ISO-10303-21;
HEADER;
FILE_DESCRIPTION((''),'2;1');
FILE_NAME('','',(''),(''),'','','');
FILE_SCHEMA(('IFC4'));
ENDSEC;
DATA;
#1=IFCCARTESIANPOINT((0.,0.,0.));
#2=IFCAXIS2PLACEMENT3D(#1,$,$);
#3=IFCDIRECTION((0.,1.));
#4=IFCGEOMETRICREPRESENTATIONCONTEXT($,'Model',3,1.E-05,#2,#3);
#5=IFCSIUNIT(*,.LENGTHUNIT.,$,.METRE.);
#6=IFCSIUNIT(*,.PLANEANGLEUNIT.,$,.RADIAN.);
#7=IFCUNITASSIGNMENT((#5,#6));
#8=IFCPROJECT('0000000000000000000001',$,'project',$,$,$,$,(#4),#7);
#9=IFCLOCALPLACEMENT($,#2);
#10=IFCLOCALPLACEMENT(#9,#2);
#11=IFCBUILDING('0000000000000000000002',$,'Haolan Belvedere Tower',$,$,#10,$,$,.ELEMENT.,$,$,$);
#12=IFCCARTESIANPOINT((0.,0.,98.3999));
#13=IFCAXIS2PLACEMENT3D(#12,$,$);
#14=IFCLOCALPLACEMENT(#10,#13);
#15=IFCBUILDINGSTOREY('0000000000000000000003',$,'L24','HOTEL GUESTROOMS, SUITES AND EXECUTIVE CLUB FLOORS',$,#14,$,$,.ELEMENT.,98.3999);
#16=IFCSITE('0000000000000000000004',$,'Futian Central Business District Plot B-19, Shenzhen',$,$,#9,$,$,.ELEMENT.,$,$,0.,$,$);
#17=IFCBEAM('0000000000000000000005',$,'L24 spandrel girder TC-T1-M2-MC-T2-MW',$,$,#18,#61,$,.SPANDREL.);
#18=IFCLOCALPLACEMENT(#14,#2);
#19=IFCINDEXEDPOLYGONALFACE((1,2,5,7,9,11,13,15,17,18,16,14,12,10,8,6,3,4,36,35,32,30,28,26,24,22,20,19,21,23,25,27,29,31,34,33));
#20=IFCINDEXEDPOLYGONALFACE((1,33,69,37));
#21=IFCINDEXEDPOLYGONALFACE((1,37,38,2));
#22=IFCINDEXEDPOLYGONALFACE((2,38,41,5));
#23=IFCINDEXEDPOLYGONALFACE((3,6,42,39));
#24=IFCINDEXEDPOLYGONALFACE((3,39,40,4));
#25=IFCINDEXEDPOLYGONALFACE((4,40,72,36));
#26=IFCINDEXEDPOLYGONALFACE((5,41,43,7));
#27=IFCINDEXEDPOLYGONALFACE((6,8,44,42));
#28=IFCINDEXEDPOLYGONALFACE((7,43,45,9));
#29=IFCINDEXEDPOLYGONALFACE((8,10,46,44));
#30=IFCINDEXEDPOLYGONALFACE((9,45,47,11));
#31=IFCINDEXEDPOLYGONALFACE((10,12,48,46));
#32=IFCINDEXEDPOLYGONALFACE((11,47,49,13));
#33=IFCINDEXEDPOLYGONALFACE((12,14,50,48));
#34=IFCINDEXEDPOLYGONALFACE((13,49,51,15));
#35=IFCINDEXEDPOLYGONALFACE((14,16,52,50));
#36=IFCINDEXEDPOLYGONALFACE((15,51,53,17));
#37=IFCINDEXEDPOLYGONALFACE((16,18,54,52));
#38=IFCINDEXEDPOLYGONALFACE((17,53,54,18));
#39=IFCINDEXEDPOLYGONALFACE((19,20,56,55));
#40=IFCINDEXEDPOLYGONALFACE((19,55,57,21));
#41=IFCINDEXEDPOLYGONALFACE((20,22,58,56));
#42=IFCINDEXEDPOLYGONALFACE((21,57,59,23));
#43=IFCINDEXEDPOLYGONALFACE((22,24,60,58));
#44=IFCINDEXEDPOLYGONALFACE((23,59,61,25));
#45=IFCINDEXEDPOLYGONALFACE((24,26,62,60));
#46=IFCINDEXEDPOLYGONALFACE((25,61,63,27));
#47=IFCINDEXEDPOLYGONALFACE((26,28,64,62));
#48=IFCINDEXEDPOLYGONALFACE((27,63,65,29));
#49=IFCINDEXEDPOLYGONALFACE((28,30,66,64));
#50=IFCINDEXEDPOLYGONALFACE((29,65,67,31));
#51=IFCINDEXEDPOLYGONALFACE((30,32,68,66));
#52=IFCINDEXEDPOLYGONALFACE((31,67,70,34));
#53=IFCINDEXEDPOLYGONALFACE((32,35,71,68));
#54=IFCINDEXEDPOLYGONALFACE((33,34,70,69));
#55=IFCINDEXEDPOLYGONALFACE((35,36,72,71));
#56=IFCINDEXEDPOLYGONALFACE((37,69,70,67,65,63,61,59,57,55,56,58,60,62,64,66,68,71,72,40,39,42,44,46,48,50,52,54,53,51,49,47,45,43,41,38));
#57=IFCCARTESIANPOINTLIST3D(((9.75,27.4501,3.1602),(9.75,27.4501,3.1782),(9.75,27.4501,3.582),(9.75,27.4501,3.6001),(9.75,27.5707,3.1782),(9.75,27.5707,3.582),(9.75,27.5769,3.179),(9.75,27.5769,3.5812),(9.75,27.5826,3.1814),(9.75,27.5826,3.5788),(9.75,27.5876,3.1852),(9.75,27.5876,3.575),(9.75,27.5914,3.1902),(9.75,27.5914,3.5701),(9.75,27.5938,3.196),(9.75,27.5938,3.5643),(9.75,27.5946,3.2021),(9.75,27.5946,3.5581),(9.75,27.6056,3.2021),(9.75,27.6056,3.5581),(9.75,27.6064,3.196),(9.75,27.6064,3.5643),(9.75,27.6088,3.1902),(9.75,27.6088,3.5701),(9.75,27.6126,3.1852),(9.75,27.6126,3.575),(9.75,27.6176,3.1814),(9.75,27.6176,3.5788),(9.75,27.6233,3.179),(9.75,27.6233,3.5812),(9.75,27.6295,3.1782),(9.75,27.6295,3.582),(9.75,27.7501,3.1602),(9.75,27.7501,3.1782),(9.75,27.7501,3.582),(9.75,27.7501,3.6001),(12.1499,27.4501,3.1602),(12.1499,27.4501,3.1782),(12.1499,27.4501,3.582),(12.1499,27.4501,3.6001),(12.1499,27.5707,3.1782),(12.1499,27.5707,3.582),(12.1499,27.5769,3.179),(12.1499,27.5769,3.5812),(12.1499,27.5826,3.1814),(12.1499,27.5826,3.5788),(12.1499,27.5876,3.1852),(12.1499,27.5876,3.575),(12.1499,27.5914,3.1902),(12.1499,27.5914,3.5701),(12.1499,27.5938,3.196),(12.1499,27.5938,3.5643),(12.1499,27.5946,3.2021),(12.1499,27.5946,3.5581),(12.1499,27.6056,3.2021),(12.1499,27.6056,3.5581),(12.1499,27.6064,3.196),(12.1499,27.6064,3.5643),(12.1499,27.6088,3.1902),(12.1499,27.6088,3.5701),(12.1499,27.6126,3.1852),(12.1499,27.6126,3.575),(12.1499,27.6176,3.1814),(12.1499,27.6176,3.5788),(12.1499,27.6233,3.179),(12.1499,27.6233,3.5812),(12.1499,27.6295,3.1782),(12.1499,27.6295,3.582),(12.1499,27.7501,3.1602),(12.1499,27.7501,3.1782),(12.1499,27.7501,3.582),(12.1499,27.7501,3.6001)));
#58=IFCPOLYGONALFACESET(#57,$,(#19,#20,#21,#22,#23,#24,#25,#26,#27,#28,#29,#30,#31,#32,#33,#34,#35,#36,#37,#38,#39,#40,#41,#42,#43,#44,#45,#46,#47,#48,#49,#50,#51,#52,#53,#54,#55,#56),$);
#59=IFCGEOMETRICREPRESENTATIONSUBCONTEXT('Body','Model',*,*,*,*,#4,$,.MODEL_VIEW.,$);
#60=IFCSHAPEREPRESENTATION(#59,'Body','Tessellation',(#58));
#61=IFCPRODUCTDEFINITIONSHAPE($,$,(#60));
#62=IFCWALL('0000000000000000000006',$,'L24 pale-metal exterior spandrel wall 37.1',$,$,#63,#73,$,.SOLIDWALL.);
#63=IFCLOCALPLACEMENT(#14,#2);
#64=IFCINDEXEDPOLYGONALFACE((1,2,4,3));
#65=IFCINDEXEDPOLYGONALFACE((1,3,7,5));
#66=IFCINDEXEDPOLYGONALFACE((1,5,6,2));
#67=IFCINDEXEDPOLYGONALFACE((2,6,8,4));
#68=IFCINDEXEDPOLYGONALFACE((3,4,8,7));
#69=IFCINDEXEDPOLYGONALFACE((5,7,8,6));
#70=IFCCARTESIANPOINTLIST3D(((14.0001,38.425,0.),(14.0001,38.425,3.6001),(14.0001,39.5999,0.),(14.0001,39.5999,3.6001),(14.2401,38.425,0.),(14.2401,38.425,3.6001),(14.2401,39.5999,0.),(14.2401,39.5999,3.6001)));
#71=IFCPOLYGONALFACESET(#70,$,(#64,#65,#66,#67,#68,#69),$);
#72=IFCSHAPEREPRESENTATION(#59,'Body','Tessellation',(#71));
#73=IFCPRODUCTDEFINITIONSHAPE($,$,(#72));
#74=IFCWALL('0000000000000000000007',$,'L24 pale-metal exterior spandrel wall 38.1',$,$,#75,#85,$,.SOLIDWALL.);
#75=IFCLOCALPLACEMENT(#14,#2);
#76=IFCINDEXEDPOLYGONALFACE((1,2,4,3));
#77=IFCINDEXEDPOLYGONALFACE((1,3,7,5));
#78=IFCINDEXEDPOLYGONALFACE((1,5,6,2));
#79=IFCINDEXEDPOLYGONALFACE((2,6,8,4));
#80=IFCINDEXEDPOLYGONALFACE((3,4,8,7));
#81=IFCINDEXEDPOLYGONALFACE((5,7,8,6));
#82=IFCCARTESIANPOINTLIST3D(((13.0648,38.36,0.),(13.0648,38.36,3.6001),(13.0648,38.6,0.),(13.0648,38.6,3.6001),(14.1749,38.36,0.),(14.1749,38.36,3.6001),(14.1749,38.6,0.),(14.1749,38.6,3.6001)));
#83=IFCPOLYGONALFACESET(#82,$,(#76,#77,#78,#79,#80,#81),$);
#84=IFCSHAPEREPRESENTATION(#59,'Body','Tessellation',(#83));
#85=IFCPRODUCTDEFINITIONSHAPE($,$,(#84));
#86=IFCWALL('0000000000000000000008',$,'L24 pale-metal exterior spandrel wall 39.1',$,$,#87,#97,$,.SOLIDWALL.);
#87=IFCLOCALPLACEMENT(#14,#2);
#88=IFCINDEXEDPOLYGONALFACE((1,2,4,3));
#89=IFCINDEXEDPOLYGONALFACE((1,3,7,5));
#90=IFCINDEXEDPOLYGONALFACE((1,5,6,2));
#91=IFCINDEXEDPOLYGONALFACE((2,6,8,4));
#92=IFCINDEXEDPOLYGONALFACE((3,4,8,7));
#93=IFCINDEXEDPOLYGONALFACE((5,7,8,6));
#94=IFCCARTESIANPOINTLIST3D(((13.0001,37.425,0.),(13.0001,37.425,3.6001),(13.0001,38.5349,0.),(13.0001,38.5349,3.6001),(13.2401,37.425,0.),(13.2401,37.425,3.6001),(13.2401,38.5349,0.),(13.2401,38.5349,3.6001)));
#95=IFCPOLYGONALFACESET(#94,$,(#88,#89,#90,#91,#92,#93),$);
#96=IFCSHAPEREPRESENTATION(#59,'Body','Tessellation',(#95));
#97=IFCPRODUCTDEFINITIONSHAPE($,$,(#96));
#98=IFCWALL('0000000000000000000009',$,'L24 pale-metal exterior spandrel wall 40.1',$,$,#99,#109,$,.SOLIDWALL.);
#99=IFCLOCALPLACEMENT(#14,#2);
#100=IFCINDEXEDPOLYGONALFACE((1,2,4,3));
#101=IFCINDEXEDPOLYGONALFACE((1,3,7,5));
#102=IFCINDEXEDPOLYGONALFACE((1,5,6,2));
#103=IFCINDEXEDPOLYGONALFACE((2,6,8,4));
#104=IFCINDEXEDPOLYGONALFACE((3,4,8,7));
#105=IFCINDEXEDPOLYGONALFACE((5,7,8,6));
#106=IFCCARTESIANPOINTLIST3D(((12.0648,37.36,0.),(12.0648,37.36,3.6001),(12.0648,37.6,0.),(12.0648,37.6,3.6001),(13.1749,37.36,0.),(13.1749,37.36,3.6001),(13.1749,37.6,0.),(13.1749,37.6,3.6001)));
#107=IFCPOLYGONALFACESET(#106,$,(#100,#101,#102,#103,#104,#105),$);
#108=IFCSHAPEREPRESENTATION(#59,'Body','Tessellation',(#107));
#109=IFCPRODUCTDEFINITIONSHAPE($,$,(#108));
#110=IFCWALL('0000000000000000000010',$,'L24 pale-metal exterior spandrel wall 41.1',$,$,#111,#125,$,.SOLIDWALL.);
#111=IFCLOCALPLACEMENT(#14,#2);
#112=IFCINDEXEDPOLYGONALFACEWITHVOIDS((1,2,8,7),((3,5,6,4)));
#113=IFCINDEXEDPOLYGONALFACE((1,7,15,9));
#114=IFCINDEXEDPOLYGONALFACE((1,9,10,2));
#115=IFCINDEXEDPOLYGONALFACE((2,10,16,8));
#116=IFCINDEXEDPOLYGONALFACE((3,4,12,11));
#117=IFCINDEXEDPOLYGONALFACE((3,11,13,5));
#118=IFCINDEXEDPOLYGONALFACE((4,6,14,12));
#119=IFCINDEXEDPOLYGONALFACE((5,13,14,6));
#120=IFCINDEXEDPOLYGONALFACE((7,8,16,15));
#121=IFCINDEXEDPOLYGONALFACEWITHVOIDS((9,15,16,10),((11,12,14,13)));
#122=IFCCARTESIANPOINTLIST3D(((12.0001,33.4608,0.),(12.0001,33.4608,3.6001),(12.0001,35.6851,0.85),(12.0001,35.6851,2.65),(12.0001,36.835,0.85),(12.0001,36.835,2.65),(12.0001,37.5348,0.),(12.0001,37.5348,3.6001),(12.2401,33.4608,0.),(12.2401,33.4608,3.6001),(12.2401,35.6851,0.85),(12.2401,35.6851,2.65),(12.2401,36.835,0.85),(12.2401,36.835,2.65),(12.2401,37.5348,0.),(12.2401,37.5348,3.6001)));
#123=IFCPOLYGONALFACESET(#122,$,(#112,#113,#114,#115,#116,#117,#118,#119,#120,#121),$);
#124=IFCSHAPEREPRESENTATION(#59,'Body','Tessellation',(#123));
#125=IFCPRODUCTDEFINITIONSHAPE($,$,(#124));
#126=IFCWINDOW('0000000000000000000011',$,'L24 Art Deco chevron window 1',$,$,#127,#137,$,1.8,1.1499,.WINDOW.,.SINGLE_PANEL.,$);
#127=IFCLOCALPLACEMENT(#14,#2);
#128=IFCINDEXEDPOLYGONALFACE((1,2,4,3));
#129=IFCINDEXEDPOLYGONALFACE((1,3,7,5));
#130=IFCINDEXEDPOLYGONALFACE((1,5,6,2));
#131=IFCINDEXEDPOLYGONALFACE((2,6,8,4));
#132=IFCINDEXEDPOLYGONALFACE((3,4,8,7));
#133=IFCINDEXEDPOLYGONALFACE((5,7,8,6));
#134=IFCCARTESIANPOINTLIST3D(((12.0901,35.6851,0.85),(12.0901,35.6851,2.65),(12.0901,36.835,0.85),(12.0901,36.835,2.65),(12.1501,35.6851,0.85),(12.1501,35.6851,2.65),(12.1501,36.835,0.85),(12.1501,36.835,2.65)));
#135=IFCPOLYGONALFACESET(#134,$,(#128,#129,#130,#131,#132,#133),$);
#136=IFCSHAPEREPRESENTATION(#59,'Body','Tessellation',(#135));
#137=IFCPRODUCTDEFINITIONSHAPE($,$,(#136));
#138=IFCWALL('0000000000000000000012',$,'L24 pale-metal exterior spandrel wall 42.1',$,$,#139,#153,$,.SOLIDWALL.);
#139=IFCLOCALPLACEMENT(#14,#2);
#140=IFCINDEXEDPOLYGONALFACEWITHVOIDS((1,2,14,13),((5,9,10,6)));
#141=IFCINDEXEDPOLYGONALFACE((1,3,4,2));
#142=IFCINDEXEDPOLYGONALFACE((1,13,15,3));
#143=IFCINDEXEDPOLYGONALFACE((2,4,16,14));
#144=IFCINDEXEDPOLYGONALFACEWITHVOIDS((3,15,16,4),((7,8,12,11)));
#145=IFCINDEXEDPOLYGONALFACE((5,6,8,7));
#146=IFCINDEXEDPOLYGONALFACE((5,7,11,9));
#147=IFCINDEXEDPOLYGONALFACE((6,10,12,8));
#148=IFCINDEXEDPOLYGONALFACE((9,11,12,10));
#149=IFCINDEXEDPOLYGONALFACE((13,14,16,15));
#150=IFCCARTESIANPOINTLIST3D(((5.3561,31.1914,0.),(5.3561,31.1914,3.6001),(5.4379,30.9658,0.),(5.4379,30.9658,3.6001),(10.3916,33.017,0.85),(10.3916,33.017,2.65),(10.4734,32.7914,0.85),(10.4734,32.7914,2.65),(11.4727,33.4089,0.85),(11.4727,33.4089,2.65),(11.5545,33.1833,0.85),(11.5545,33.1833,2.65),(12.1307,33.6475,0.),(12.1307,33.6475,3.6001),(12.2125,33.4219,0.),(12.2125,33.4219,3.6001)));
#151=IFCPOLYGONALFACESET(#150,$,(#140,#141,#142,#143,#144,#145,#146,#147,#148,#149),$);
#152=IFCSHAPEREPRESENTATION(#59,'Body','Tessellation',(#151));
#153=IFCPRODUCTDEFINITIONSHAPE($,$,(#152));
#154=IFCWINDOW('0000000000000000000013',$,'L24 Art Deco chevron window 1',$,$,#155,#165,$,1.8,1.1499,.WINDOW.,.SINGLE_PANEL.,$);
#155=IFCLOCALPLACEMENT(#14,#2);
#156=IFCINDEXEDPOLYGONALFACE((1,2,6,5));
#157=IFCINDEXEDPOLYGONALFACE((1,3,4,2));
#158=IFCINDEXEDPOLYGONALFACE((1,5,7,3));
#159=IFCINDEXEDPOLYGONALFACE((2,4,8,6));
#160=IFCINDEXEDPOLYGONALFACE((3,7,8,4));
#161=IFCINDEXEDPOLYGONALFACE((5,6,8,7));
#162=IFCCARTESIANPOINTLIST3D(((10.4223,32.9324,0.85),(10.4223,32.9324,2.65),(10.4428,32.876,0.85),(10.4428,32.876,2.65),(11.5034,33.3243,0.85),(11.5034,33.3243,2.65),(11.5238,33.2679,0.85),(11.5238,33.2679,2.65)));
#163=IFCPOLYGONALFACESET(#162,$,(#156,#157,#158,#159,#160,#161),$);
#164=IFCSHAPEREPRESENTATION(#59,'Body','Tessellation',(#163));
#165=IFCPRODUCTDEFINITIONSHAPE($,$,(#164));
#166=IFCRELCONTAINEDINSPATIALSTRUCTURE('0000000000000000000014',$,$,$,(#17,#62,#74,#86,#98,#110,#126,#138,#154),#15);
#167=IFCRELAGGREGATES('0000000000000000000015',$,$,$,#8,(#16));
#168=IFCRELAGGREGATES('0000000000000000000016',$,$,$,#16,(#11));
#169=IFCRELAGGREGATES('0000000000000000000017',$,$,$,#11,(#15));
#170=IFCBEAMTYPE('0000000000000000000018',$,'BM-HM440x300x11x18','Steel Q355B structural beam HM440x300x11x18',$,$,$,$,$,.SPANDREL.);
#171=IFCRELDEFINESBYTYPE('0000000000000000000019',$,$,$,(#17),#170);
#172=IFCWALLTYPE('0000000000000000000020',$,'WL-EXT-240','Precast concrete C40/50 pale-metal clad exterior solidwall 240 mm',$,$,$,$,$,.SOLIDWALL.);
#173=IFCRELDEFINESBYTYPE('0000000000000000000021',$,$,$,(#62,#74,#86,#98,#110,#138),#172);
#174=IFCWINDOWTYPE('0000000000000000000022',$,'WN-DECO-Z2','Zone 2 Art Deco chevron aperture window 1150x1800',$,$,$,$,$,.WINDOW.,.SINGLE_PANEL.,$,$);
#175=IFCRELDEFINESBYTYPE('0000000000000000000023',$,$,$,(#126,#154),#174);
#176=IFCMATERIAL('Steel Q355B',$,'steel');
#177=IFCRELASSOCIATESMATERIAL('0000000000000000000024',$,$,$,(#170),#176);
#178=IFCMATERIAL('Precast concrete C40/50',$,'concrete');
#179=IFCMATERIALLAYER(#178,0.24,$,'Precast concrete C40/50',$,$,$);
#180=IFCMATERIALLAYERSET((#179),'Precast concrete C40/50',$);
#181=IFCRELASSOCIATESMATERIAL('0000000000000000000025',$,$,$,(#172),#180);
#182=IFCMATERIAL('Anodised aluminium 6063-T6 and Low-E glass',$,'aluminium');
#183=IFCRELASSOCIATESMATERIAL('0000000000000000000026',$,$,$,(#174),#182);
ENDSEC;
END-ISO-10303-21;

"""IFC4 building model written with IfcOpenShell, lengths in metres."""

from ifc_helpers import new_model, si_unit, direction, frame, frame_2d, origin, origin_2d, place, context, subcontext, project, spatial, rectangle, i_section, extrude, material, layer, layer_set, material_profile, profile_set, type_object, element, fill, save


model = new_model("IFC4")

# Units and contexts
model_context = context("Model", 3, precision=1e-05, world=origin(), true_north=direction((0.0, 1.0)))
body_context = subcontext(model_context, "Body", "Model", "MODEL_VIEW")
ifc_project = project(units=[si_unit("LENGTHUNIT", "METRE"), si_unit("PLANEANGLEUNIT", "RADIAN")], contexts=[model_context])

# Site, building, storey
site_placement = place(None, origin())
site = spatial("IfcSite", under=ifc_project, at=site_placement, Name="Futian Central Business District Plot B-19, Shenzhen", CompositionType="ELEMENT", RefElevation=0.0)
building_placement = place(site_placement, origin())
building = spatial("IfcBuilding", under=site, at=building_placement, Name="Haolan Belvedere Tower", CompositionType="ELEMENT")
storey_placement = place(building_placement, frame((0.0, 0.0, 98.3999)))
storey = spatial("IfcBuildingStorey", under=building, at=storey_placement, Name="L24", Description="HOTEL GUESTROOMS, SUITES AND EXECUTIVE CLUB FLOORS", CompositionType="ELEMENT", Elevation=98.3999)

# Beam
ifc_material_1 = material(Name="Steel Q355B", Category="steel")
ifc_material_profile_1 = material_profile(ifc_material_1, i_section(OverallWidth=0.3, OverallDepth=0.4399, WebThickness=0.011, FlangeThickness=0.0181, FilletRadius=0.0239, at=origin_2d()), Name="Steel Q355B")
ifc_profile_set_1 = profile_set([ifc_material_profile_1], Name="Steel Q355B")
beam_type = type_object("IfcBeamType", Name="BM-HM440x300x11x18", Description="Steel Q355B structural beam HM440x300x11x18", PredefinedType="SPANDREL", material=ifc_profile_set_1)
beam_1_placement = place(storey_placement, frame((9.75, 27.6001, 3.3801), z_axis=(1.0, 0.0, 0.0), x_axis=(0.0, 1.0, 0.0)))
element("IfcBeam", 1, at=beam_1_placement, inside=storey, type_object=beam_type, Name="L24 spandrel girder TC-T1-M2-MC-T2-MW", PredefinedType="SPANDREL", context=body_context, shape_type="SweptSolid", body=[
    extrude(i_section(OverallWidth=0.3, OverallDepth=0.4399, WebThickness=0.011, FlangeThickness=0.0181, FilletRadius=0.0239, at=origin_2d()), origin(), (0.0, 0.0, 1.0), 2.3999),
])

# Walls
ifc_material_2 = material(Name="Precast concrete C40/50", Category="concrete")
ifc_layer_1 = layer(ifc_material_2, 0.24, Name="Precast concrete C40/50")
ifc_layer_set_1 = layer_set([ifc_layer_1], Name="Precast concrete C40/50")
wall_type_1 = type_object("IfcWallType", Name="WL-EXT-240", Description="Precast concrete C40/50 pale-metal clad exterior solidwall 240 mm", PredefinedType="SOLIDWALL", material=ifc_layer_set_1)
wall_1_placement = place(storey_placement, frame((14.1201, 39.5999, 0.0), z_axis=(0.0, 0.0, 1.0), x_axis=(0.0, -1.0, 0.0)))
element("IfcWall", 2, at=wall_1_placement, inside=storey, type_object=wall_type_1, Name="L24 pale-metal exterior spandrel wall 37.1", PredefinedType="SOLIDWALL", context=body_context, shape_type="SweptSolid", body=[
    extrude(rectangle(XDim=1.1748, YDim=0.24, at=frame_2d((0.5874, 0.0))), origin(), (0.0, 0.0, 1.0), 3.6001),
])
wall_2_placement = place(storey_placement, frame((14.175, 38.48, 0.0), z_axis=(0.0, 0.0, 1.0), x_axis=(-1.0, 0.0, 0.0)))
element("IfcWall", 3, at=wall_2_placement, inside=storey, type_object=wall_type_1, Name="L24 pale-metal exterior spandrel wall 38.1", PredefinedType="SOLIDWALL", context=body_context, shape_type="SweptSolid", body=[
    extrude(rectangle(XDim=1.1101, YDim=0.24, at=frame_2d((0.5552, 0.0))), origin(), (0.0, 0.0, 1.0), 3.6001),
])
wall_3_placement = place(storey_placement, frame((13.1201, 38.5349, 0.0), z_axis=(0.0, 0.0, 1.0), x_axis=(0.0, -1.0, 0.0)))
element("IfcWall", 4, at=wall_3_placement, inside=storey, type_object=wall_type_1, Name="L24 pale-metal exterior spandrel wall 39.1", PredefinedType="SOLIDWALL", context=body_context, shape_type="SweptSolid", body=[
    extrude(rectangle(XDim=1.1099, YDim=0.24, at=frame_2d((0.5549, 0.0))), origin(), (0.0, 0.0, 1.0), 3.6001),
])
wall_4_placement = place(storey_placement, frame((13.175, 37.48, 0.0), z_axis=(0.0, 0.0, 1.0), x_axis=(-1.0, 0.0, 0.0)))
element("IfcWall", 5, at=wall_4_placement, inside=storey, type_object=wall_type_1, Name="L24 pale-metal exterior spandrel wall 40.1", PredefinedType="SOLIDWALL", context=body_context, shape_type="SweptSolid", body=[
    extrude(rectangle(XDim=1.1101, YDim=0.24, at=frame_2d((0.5552, 0.0))), origin(), (0.0, 0.0, 1.0), 3.6001),
])

# Walls, openings, windows
wall_5_placement = place(storey_placement, frame((12.1201, 37.5349, 0.0), z_axis=(0.0, 0.0, 1.0), x_axis=(0.0, -1.0, 0.0)))
wall_5 = element("IfcWall", 6, at=wall_5_placement, inside=storey, type_object=wall_type_1, Name="L24 pale-metal exterior spandrel wall 41.1", PredefinedType="SOLIDWALL", context=body_context, shape_type="SweptSolid", body=[
    extrude(rectangle(XDim=4.074, YDim=0.24, at=frame_2d((2.0371, 0.0))), origin(), (0.0, 0.0, 1.0), 3.6001),
])
opening_1_placement = place(wall_5_placement, frame((0.7, 0.0, 0.8501)))
opening_1 = element("IfcOpeningElement", 7, at=opening_1_placement, cuts=wall_5, PredefinedType="OPENING", context=body_context, shape_type="SweptSolid", body=[
    extrude(rectangle(XDim=1.1499, YDim=1.8, at=frame_2d((0.575, 0.8999))), frame((0.0, 0.1299, 0.0), z_axis=(0.0, -1.0, 0.0), x_axis=(1.0, 0.0, 0.0)), (0.0, 0.0, 1.0), 0.26),
])
ifc_material_3 = material(Name="Anodised aluminium 6063-T6 and Low-E glass", Category="aluminium")
window_type = type_object("IfcWindowType", Name="WN-DECO-Z2", Description="Zone 2 Art Deco chevron aperture window 1150x1800", PartitioningType="SINGLE_PANEL", PredefinedType="WINDOW", material=ifc_material_3)
window_1_placement = place(opening_1_placement, origin())
window_1 = element("IfcWindow", 8, at=window_1_placement, inside=storey, type_object=window_type, Name="L24 Art Deco chevron window 1", OverallHeight=1.8, OverallWidth=1.1499, PartitioningType="SINGLE_PANEL", PredefinedType="WINDOW", context=body_context, shape_type="SweptSolid", body=[
    extrude(rectangle(XDim=1.1499, YDim=1.8, at=frame_2d((0.575, 0.8999))), frame((0.0, 0.03, 0.0), z_axis=(0.0, -1.0, 0.0), x_axis=(1.0, 0.0, 0.0)), (0.0, 0.0, 1.0), 0.0601),
])
fill(opening_1, window_1)
wall_6_placement = place(storey_placement, frame((12.1716, 33.5347, 0.0), z_axis=(0.0, 0.0, 1.0), x_axis=(-0.940125, -0.340829, 0.0)))
wall_6 = element("IfcWall", 9, at=wall_6_placement, inside=storey, type_object=wall_type_1, Name="L24 pale-metal exterior spandrel wall 42.1", PredefinedType="SOLIDWALL", context=body_context, shape_type="SweptSolid", body=[
    extrude(rectangle(XDim=7.2061, YDim=0.24, at=frame_2d((3.603, 0.0))), origin(), (0.0, 0.0, 1.0), 3.6001),
])
opening_2_placement = place(wall_6_placement, frame((0.7, 0.0, 0.8501)))
opening_2 = element("IfcOpeningElement", 10, at=opening_2_placement, cuts=wall_6, PredefinedType="OPENING", context=body_context, shape_type="SweptSolid", body=[
    extrude(rectangle(XDim=1.1499, YDim=1.8, at=frame_2d((0.575, 0.8999))), frame((0.0, 0.1299, 0.0), z_axis=(0.0, -1.0, 0.0), x_axis=(1.0, 0.0, 0.0)), (0.0, 0.0, 1.0), 0.26),
])
window_2_placement = place(opening_2_placement, origin())
window_2 = element("IfcWindow", 11, at=window_2_placement, inside=storey, type_object=window_type, Name="L24 Art Deco chevron window 1", OverallHeight=1.8, OverallWidth=1.1499, PartitioningType="SINGLE_PANEL", PredefinedType="WINDOW", context=body_context, shape_type="SweptSolid", body=[
    extrude(rectangle(XDim=1.1499, YDim=1.8, at=frame_2d((0.575, 0.8999))), frame((0.0, 0.03, 0.0), z_axis=(0.0, -1.0, 0.0), x_axis=(1.0, 0.0, 0.0)), (0.0, 0.0, 1.0), 0.0601),
])
fill(opening_2, window_2)

save(model, "model.ifc")
